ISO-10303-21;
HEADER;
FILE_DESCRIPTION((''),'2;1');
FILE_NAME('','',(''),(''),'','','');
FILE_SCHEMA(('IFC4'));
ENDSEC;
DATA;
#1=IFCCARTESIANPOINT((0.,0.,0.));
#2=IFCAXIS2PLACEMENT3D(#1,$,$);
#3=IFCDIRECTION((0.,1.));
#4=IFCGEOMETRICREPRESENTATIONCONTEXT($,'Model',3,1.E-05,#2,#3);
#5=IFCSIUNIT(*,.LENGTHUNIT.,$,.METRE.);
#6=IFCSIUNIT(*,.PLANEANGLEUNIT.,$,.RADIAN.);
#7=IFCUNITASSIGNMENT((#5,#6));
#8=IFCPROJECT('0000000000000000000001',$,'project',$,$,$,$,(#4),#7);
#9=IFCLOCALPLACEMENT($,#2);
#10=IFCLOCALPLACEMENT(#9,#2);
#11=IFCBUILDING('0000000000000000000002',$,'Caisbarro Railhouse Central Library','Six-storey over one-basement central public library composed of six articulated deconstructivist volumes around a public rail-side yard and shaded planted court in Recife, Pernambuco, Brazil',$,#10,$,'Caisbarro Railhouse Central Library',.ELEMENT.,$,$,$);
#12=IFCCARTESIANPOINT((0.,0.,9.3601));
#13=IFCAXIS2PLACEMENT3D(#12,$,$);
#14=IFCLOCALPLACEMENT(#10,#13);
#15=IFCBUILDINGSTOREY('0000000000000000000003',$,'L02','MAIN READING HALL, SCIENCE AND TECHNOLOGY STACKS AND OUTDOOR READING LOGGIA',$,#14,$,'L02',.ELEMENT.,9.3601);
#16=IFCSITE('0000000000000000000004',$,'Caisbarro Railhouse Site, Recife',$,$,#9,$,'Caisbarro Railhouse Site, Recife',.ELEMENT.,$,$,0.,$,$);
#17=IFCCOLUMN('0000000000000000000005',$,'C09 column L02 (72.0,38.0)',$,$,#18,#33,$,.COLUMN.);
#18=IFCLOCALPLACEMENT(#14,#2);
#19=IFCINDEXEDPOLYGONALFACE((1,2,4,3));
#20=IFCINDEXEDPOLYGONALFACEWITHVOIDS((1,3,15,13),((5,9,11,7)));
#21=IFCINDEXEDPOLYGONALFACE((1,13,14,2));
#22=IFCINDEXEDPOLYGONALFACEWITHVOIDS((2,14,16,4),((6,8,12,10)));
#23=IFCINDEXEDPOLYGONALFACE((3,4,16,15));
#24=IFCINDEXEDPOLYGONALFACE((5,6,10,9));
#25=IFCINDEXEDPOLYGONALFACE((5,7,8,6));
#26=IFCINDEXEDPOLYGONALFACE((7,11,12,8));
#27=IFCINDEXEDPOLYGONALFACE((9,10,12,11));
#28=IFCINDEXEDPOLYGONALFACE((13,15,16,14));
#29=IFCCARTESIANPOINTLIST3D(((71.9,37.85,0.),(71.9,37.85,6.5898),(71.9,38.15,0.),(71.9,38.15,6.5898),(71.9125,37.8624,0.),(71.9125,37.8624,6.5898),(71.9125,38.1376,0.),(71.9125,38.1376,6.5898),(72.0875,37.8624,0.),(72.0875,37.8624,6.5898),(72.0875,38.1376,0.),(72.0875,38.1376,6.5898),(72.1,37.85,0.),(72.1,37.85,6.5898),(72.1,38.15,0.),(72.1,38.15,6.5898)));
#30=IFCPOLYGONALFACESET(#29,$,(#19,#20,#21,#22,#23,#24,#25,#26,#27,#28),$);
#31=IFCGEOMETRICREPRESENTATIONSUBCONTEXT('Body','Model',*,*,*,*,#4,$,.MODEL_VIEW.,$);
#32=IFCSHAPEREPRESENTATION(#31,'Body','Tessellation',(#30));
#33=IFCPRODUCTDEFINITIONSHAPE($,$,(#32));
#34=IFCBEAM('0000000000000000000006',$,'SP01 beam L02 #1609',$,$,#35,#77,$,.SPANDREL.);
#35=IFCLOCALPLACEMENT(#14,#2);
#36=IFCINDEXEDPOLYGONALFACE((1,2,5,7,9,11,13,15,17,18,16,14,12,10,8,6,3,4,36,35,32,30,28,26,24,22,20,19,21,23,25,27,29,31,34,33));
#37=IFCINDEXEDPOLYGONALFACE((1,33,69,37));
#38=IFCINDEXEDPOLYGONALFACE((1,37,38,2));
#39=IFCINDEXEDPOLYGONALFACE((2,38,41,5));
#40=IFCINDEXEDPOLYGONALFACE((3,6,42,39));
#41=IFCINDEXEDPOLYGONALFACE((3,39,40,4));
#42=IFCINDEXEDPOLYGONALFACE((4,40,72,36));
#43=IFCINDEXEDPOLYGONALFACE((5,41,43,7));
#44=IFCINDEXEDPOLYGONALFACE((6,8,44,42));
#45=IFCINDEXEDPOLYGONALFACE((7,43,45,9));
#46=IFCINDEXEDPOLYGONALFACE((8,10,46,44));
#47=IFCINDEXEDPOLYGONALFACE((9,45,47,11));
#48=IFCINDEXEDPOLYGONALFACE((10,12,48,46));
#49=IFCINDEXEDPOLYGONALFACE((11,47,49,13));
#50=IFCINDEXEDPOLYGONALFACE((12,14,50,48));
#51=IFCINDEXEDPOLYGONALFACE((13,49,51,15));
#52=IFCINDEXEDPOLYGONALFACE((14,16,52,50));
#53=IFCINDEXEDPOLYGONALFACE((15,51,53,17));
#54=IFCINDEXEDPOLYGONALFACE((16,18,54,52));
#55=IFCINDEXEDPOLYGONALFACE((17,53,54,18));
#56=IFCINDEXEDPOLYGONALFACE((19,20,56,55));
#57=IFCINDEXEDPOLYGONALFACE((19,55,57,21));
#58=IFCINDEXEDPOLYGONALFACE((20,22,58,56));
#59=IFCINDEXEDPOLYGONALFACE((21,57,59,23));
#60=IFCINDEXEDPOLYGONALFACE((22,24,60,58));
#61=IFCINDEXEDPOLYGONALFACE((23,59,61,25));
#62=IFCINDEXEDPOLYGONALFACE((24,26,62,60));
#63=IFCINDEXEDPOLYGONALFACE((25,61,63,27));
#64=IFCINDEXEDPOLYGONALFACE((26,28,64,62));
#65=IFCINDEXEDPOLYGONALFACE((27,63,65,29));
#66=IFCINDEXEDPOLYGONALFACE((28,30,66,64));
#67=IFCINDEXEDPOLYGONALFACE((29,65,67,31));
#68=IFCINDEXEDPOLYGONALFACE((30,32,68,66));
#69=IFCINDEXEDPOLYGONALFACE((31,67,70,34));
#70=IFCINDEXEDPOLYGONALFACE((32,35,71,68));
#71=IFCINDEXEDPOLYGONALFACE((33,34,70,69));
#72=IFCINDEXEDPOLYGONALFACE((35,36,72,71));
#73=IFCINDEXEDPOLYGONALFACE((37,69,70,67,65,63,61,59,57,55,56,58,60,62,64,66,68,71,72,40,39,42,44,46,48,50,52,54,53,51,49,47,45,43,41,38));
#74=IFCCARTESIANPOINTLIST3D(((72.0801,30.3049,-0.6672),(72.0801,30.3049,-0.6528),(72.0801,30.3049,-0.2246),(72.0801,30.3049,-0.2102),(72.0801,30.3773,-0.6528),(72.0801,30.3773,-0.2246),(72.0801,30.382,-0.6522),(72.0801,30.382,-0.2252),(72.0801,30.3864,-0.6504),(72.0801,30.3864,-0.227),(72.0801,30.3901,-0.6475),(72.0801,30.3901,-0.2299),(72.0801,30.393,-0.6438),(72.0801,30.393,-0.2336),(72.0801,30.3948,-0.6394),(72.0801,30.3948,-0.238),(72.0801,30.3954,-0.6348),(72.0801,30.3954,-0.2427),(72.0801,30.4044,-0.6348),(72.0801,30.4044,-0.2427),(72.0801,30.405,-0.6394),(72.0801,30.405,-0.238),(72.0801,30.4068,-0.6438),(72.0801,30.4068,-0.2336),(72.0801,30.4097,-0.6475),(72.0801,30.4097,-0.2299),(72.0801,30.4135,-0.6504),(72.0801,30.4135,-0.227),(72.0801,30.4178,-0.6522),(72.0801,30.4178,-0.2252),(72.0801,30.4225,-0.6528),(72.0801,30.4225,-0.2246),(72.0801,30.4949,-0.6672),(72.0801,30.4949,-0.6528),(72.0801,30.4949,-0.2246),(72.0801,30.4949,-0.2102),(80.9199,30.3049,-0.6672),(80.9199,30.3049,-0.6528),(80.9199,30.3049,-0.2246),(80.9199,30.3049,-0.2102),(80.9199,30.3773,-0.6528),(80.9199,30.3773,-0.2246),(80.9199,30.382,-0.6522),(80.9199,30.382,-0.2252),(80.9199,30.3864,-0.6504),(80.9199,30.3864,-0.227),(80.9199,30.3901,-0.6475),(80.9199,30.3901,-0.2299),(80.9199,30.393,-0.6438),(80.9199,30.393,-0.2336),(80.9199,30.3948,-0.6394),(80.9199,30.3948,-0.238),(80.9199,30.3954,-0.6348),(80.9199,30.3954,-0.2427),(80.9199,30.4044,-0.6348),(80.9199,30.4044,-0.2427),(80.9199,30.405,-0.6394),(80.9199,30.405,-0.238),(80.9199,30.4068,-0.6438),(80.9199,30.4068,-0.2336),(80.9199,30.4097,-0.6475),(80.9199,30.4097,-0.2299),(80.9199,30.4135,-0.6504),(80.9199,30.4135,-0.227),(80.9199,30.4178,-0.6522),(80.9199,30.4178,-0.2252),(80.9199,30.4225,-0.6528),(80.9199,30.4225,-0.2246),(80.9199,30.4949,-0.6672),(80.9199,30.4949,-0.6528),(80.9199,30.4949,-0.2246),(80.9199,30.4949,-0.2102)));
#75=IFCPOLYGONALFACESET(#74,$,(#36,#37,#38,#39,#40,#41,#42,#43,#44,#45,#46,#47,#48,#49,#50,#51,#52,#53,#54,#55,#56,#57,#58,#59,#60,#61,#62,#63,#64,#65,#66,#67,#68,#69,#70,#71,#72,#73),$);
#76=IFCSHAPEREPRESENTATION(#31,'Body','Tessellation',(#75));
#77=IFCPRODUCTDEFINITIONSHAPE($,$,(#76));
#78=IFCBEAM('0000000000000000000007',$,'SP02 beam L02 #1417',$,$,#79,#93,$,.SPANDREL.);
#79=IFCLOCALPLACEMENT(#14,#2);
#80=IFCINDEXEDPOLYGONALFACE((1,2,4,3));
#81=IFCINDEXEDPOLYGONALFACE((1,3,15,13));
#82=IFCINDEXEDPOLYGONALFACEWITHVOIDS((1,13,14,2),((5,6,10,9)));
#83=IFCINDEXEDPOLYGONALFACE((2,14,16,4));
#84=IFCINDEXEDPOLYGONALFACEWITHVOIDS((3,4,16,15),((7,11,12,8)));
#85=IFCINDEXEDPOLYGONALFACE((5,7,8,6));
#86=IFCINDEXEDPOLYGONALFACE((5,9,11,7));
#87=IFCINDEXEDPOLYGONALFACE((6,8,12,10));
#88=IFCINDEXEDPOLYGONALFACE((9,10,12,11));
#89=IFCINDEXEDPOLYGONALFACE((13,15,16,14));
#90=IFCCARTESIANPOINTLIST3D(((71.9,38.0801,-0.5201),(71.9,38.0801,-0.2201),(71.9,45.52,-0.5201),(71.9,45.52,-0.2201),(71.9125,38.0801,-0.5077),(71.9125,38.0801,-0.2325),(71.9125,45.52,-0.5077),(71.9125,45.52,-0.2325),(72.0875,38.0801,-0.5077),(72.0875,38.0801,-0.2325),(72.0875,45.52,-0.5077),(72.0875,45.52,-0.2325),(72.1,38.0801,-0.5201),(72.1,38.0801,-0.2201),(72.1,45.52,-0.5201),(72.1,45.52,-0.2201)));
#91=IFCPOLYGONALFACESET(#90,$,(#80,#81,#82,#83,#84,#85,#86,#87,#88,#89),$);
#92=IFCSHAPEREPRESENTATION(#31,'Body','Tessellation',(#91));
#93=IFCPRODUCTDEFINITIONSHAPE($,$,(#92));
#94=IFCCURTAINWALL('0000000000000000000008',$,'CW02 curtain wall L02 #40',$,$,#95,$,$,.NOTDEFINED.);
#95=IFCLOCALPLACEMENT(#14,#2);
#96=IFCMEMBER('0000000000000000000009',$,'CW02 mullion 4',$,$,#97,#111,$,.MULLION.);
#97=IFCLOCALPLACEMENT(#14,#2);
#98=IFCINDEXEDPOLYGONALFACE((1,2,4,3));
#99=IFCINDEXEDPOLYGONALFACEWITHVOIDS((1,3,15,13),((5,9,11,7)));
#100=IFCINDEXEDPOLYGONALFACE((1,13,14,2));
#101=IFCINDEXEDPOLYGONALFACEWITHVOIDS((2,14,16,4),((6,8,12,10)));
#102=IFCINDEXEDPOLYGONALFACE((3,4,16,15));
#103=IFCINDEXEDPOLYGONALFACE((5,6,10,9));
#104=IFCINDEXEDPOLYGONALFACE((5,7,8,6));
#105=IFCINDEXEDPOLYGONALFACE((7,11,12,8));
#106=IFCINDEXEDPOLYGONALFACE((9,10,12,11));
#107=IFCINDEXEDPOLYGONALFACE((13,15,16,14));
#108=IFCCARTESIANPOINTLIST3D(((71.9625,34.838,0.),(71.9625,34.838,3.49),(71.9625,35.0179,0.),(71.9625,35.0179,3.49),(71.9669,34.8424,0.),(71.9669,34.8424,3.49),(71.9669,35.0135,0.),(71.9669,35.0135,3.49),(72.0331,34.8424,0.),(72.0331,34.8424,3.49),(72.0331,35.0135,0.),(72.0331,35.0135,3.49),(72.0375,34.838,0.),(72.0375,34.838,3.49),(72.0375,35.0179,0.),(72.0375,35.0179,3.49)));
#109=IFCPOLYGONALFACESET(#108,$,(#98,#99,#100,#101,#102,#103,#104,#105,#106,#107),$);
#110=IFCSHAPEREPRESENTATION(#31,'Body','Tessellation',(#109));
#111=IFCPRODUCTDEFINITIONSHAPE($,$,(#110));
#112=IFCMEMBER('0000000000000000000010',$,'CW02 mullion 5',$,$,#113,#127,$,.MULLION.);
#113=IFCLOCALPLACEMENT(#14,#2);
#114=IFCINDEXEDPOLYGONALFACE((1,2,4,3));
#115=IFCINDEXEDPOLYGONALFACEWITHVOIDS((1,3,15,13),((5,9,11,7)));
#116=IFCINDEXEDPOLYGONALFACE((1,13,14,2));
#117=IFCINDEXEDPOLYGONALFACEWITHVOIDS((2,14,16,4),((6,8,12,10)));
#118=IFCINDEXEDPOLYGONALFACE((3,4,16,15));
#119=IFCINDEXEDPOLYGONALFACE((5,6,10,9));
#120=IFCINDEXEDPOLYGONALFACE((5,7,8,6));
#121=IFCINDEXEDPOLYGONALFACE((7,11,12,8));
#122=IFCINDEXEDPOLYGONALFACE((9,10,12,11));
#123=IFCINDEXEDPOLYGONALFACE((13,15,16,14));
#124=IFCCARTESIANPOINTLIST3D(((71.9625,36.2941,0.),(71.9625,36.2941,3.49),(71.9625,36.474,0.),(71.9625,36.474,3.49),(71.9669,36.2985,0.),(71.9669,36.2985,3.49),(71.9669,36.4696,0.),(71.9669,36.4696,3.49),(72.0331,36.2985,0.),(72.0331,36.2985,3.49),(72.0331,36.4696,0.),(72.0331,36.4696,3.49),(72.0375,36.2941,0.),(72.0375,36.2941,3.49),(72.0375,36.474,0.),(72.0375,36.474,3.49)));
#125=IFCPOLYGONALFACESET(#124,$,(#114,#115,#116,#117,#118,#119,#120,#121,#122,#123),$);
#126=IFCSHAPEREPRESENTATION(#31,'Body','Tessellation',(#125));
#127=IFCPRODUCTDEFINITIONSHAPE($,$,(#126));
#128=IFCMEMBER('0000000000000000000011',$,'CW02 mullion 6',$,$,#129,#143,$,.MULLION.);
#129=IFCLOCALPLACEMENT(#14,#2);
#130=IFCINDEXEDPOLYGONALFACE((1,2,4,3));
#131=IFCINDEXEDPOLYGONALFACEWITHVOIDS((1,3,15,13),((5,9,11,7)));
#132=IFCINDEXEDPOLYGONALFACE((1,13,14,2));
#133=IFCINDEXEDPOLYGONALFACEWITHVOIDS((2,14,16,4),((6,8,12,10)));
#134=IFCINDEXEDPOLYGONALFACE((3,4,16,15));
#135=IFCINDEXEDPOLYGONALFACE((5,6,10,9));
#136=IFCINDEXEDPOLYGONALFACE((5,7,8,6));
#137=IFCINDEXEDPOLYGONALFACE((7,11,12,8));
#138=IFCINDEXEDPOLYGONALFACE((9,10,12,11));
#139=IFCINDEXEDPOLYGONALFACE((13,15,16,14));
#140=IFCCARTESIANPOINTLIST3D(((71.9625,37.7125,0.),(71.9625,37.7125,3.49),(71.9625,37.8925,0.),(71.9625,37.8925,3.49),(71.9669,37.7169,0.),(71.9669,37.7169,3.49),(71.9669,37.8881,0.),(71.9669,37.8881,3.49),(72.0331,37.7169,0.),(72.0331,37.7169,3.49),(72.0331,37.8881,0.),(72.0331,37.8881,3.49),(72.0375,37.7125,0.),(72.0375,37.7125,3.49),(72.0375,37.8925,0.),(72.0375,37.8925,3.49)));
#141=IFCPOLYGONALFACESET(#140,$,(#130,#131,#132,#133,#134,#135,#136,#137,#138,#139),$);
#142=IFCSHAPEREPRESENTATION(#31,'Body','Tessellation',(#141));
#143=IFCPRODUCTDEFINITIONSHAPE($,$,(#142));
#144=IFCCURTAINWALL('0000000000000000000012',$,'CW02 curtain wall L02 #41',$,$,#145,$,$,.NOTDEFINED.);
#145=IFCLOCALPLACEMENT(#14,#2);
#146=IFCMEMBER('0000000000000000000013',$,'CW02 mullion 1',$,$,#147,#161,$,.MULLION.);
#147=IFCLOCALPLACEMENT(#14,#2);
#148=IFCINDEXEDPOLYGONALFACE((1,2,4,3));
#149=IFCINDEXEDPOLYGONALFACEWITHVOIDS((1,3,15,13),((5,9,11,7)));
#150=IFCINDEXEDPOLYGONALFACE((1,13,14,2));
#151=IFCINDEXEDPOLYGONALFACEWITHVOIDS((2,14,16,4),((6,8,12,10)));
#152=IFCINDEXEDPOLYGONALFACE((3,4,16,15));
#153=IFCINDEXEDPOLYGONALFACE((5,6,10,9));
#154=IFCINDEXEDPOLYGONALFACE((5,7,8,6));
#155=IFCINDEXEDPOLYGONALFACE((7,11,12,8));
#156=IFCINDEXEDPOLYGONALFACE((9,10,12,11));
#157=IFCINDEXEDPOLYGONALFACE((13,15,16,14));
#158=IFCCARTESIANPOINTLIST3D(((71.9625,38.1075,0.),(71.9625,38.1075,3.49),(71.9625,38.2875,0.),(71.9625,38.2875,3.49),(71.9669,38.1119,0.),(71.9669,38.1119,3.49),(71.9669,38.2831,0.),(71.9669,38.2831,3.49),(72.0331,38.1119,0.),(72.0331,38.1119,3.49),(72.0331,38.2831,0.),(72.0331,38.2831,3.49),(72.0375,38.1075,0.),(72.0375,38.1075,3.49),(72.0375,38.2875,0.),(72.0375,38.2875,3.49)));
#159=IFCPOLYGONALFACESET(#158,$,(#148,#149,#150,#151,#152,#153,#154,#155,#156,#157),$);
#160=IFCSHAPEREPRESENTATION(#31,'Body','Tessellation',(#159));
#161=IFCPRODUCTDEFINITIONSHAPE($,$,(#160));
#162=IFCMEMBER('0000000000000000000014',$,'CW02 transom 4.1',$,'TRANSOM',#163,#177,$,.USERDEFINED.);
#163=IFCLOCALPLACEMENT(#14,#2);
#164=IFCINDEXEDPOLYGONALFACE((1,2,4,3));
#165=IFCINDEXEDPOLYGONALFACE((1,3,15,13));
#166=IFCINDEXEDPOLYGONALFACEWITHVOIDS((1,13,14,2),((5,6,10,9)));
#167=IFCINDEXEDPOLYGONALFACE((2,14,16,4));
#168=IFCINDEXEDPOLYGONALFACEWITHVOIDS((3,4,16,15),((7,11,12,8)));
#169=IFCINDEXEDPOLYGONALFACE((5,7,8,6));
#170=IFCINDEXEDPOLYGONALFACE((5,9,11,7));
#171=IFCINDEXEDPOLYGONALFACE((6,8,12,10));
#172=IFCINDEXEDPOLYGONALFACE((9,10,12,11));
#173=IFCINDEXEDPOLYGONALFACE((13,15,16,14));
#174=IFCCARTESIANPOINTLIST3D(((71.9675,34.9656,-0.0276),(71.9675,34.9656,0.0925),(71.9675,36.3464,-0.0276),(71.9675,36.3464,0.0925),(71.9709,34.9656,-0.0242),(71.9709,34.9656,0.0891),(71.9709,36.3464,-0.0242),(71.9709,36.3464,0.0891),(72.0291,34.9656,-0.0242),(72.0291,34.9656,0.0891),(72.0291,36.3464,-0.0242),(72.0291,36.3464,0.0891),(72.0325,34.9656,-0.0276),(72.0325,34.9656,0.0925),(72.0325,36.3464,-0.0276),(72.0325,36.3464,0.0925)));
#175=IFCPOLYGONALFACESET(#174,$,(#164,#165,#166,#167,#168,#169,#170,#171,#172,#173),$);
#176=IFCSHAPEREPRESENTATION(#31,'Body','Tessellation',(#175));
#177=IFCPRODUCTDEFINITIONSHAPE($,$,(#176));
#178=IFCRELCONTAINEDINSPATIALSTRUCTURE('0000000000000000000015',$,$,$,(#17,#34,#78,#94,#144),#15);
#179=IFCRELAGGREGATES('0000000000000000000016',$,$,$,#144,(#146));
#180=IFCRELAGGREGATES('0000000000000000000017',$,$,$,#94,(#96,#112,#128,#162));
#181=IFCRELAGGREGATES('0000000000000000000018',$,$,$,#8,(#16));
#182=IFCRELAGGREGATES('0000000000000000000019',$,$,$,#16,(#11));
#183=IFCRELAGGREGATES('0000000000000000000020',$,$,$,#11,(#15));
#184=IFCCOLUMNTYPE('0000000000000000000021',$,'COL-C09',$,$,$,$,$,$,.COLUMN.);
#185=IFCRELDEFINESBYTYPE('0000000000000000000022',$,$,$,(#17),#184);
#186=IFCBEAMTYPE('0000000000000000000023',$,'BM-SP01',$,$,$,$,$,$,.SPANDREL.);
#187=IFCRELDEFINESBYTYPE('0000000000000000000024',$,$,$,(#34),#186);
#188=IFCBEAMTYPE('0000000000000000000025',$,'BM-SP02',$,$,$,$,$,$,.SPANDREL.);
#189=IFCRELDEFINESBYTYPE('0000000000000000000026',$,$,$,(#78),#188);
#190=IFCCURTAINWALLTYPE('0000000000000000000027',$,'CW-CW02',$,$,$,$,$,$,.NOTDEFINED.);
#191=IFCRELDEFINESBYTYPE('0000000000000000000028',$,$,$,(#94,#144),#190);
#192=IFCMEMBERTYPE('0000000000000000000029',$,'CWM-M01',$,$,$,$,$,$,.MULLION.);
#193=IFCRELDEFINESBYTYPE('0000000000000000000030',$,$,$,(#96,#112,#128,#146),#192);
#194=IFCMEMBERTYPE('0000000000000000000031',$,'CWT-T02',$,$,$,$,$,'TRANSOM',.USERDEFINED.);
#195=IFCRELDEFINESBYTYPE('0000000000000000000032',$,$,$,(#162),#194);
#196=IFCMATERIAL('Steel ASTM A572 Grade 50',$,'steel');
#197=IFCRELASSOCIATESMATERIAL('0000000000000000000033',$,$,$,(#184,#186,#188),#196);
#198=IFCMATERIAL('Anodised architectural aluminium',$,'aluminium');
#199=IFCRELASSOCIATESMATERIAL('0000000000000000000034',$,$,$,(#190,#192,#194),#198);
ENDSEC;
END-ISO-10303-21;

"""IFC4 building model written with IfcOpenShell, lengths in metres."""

from ifc_helpers import new_model, si_unit, direction, frame, origin, origin_2d, place, context, subcontext, project, spatial, hollow_rectangle, i_section, extrude, material, material_profile, profile_set, type_object, element, aggregate, save


model = new_model("IFC4")

# Units and contexts
model_context = context("Model", 3, precision=1e-05, world=origin(), true_north=direction((0.0, 1.0)))
body_context = subcontext(model_context, "Body", "Model", "MODEL_VIEW")
ifc_project = project(units=[si_unit("LENGTHUNIT", "METRE"), si_unit("PLANEANGLEUNIT", "RADIAN")], contexts=[model_context])

# Site, building, storey
site_placement = place(None, origin())
site = spatial("IfcSite", under=ifc_project, at=site_placement, Name="Caisbarro Railhouse Site, Recife", LongName="Caisbarro Railhouse Site, Recife", CompositionType="ELEMENT", RefElevation=0.0)
building_placement = place(site_placement, origin())
building = spatial("IfcBuilding", under=site, at=building_placement, Name="Caisbarro Railhouse Central Library", Description="Six-storey over one-basement central public library composed of six articulated deconstructivist volumes around a public rail-side yard and shaded planted court in Recife, Pernambuco, Brazil", LongName="Caisbarro Railhouse Central Library", CompositionType="ELEMENT")
storey_placement = place(building_placement, frame((0.0, 0.0, 9.3601)))
storey = spatial("IfcBuildingStorey", under=building, at=storey_placement, Name="L02", Description="MAIN READING HALL, SCIENCE AND TECHNOLOGY STACKS AND OUTDOOR READING LOGGIA", LongName="L02", CompositionType="ELEMENT", Elevation=9.3601)

# Column
ifc_material_1 = material(Name="Steel ASTM A572 Grade 50", Category="steel")
ifc_material_profile_1 = material_profile(ifc_material_1, hollow_rectangle(XDim=0.2, YDim=0.3, WallThickness=0.0125, at=origin_2d()), Name="HSS300X200X12.5")
ifc_profile_set_1 = profile_set([ifc_material_profile_1], Name="Steel ASTM A572 Grade 50")
column_type = type_object("IfcColumnType", Name="COL-C09", PredefinedType="COLUMN", material=ifc_profile_set_1)
column_placement = place(storey_placement, frame((72.0, 38.0, 0.0), z_axis=(0.0, 0.0, 1.0), x_axis=(1.0, 0.0, 0.0)))
element("IfcColumn", 1, at=column_placement, inside=storey, type_object=column_type, Name="C09 column L02 (72.0,38.0)", PredefinedType="COLUMN", context=body_context, shape_type="SweptSolid", body=[
    extrude(hollow_rectangle(XDim=0.2, YDim=0.3, WallThickness=0.0125, at=origin_2d()), origin(), (0.0, 0.0, 1.0), 6.5898),
])

# Beams
ifc_material_profile_2 = material_profile(ifc_material_1, i_section(OverallWidth=0.1899, OverallDepth=0.457, WebThickness=0.009, FlangeThickness=0.0144, FilletRadius=0.0181, at=origin_2d()), Name="W460X74.0")
ifc_profile_set_2 = profile_set([ifc_material_profile_2], Name="Steel ASTM A572 Grade 50")
beam_type_1 = type_object("IfcBeamType", Name="BM-SP01", PredefinedType="SPANDREL", material=ifc_profile_set_2)
beam_1_placement = place(storey_placement, frame((72.0801, 30.3999, -0.4387), z_axis=(1.0, 0.0, 0.0), x_axis=(0.0, 1.0, 0.0)))
element("IfcBeam", 2, at=beam_1_placement, inside=storey, type_object=beam_type_1, Name="SP01 beam L02 #1609", PredefinedType="SPANDREL", context=body_context, shape_type="SweptSolid", body=[
    extrude(i_section(OverallWidth=0.1899, OverallDepth=0.457, WebThickness=0.009, FlangeThickness=0.0144, FilletRadius=0.0181, at=origin_2d()), origin(), (0.0, 0.0, 1.0), 8.8398),
])
ifc_material_profile_3 = material_profile(ifc_material_1, hollow_rectangle(XDim=0.2, YDim=0.3, WallThickness=0.0125, at=origin_2d()), Name="HSS300X200X12.5")
ifc_profile_set_3 = profile_set([ifc_material_profile_3], Name="Steel ASTM A572 Grade 50")
beam_type_2 = type_object("IfcBeamType", Name="BM-SP02", PredefinedType="SPANDREL", material=ifc_profile_set_3)
beam_2_placement = place(storey_placement, frame((72.0, 38.0801, -0.3701), z_axis=(0.0, 1.0, 0.0), x_axis=(-1.0, 0.0, 0.0)))
element("IfcBeam", 3, at=beam_2_placement, inside=storey, type_object=beam_type_2, Name="SP02 beam L02 #1417", PredefinedType="SPANDREL", context=body_context, shape_type="SweptSolid", body=[
    extrude(hollow_rectangle(XDim=0.2, YDim=0.3, WallThickness=0.0125, at=origin_2d()), origin(), (0.0, 0.0, 1.0), 7.4399),
])

# Curtain wall, members
ifc_material_2 = material(Name="Anodised architectural aluminium", Category="aluminium")
curtain_wall_type = type_object("IfcCurtainWallType", Name="CW-CW02", PredefinedType="NOTDEFINED", material=ifc_material_2)
curtain_wall_1_placement = place(storey_placement, origin())
curtain_wall_1 = element("IfcCurtainWall", 4, at=curtain_wall_1_placement, inside=storey, type_object=curtain_wall_type, Name="CW02 curtain wall L02 #40", PredefinedType="NOTDEFINED")
ifc_material_profile_4 = material_profile(ifc_material_2, hollow_rectangle(XDim=0.075, YDim=0.1799, WallThickness=0.0044, at=origin_2d()), Name="ALU-MUL-75X180")
ifc_profile_set_4 = profile_set([ifc_material_profile_4], Name="Anodised architectural aluminium")
member_type_1 = type_object("IfcMemberType", Name="CWM-M01", PredefinedType="MULLION", material=ifc_profile_set_4)
member_1_placement = place(storey_placement, frame((72.0, 34.928, 0.0), z_axis=(0.0, 0.0, 1.0), x_axis=(-1.0, 0.0, 0.0)))
member_1 = element("IfcMember", 5, at=member_1_placement, type_object=member_type_1, Name="CW02 mullion 4", PredefinedType="MULLION", context=body_context, shape_type="SweptSolid", body=[
    extrude(hollow_rectangle(XDim=0.075, YDim=0.1799, WallThickness=0.0044, at=origin_2d()), origin(), (0.0, 0.0, 1.0), 3.49),
])
member_2_placement = place(storey_placement, frame((72.0, 36.384, 0.0), z_axis=(0.0, 0.0, 1.0), x_axis=(-1.0, 0.0, 0.0)))
member_2 = element("IfcMember", 6, at=member_2_placement, type_object=member_type_1, Name="CW02 mullion 5", PredefinedType="MULLION", context=body_context, shape_type="SweptSolid", body=[
    extrude(hollow_rectangle(XDim=0.075, YDim=0.1799, WallThickness=0.0044, at=origin_2d()), origin(), (0.0, 0.0, 1.0), 3.49),
])
member_3_placement = place(storey_placement, frame((72.0, 37.8025, 0.0), z_axis=(0.0, 0.0, 1.0), x_axis=(-1.0, 0.0, 0.0)))
member_3 = element("IfcMember", 7, at=member_3_placement, type_object=member_type_1, Name="CW02 mullion 6", PredefinedType="MULLION", context=body_context, shape_type="SweptSolid", body=[
    extrude(hollow_rectangle(XDim=0.075, YDim=0.1799, WallThickness=0.0044, at=origin_2d()), origin(), (0.0, 0.0, 1.0), 3.49),
])

# Curtain wall, member
curtain_wall_2_placement = place(storey_placement, origin())
curtain_wall_2 = element("IfcCurtainWall", 8, at=curtain_wall_2_placement, inside=storey, type_object=curtain_wall_type, Name="CW02 curtain wall L02 #41", PredefinedType="NOTDEFINED")
member_4_placement = place(storey_placement, frame((72.0, 38.1975, 0.0), z_axis=(0.0, 0.0, 1.0), x_axis=(-1.0, 0.0, 0.0)))
member_4 = element("IfcMember", 9, at=member_4_placement, type_object=member_type_1, Name="CW02 mullion 1", PredefinedType="MULLION", context=body_context, shape_type="SweptSolid", body=[
    extrude(hollow_rectangle(XDim=0.075, YDim=0.1799, WallThickness=0.0044, at=origin_2d()), origin(), (0.0, 0.0, 1.0), 3.49),
])

# Member
ifc_material_profile_5 = material_profile(ifc_material_2, hollow_rectangle(XDim=0.0649, YDim=0.1201, WallThickness=0.0034, at=origin_2d()), Name="ALU-TRN-65X120")
ifc_profile_set_5 = profile_set([ifc_material_profile_5], Name="Anodised architectural aluminium")
member_type_2 = type_object("IfcMemberType", Name="CWT-T02", ElementType="TRANSOM", PredefinedType="USERDEFINED", material=ifc_profile_set_5)
member_5_placement = place(storey_placement, frame((72.0, 34.9656, 0.0325), z_axis=(0.0, 1.0, 0.0), x_axis=(-1.0, 0.0, 0.0)))
member_5 = element("IfcMember", 10, at=member_5_placement, type_object=member_type_2, Name="CW02 transom 4.1", ObjectType="TRANSOM", PredefinedType="USERDEFINED", context=body_context, shape_type="SweptSolid", body=[
    extrude(hollow_rectangle(XDim=0.0649, YDim=0.1201, WallThickness=0.0034, at=origin_2d()), origin(), (0.0, 0.0, 1.0), 1.3809),
])
aggregate(curtain_wall_2, [member_4])

aggregate(curtain_wall_1, [member_1, member_2, member_3, member_5])

save(model, "model.ifc")
